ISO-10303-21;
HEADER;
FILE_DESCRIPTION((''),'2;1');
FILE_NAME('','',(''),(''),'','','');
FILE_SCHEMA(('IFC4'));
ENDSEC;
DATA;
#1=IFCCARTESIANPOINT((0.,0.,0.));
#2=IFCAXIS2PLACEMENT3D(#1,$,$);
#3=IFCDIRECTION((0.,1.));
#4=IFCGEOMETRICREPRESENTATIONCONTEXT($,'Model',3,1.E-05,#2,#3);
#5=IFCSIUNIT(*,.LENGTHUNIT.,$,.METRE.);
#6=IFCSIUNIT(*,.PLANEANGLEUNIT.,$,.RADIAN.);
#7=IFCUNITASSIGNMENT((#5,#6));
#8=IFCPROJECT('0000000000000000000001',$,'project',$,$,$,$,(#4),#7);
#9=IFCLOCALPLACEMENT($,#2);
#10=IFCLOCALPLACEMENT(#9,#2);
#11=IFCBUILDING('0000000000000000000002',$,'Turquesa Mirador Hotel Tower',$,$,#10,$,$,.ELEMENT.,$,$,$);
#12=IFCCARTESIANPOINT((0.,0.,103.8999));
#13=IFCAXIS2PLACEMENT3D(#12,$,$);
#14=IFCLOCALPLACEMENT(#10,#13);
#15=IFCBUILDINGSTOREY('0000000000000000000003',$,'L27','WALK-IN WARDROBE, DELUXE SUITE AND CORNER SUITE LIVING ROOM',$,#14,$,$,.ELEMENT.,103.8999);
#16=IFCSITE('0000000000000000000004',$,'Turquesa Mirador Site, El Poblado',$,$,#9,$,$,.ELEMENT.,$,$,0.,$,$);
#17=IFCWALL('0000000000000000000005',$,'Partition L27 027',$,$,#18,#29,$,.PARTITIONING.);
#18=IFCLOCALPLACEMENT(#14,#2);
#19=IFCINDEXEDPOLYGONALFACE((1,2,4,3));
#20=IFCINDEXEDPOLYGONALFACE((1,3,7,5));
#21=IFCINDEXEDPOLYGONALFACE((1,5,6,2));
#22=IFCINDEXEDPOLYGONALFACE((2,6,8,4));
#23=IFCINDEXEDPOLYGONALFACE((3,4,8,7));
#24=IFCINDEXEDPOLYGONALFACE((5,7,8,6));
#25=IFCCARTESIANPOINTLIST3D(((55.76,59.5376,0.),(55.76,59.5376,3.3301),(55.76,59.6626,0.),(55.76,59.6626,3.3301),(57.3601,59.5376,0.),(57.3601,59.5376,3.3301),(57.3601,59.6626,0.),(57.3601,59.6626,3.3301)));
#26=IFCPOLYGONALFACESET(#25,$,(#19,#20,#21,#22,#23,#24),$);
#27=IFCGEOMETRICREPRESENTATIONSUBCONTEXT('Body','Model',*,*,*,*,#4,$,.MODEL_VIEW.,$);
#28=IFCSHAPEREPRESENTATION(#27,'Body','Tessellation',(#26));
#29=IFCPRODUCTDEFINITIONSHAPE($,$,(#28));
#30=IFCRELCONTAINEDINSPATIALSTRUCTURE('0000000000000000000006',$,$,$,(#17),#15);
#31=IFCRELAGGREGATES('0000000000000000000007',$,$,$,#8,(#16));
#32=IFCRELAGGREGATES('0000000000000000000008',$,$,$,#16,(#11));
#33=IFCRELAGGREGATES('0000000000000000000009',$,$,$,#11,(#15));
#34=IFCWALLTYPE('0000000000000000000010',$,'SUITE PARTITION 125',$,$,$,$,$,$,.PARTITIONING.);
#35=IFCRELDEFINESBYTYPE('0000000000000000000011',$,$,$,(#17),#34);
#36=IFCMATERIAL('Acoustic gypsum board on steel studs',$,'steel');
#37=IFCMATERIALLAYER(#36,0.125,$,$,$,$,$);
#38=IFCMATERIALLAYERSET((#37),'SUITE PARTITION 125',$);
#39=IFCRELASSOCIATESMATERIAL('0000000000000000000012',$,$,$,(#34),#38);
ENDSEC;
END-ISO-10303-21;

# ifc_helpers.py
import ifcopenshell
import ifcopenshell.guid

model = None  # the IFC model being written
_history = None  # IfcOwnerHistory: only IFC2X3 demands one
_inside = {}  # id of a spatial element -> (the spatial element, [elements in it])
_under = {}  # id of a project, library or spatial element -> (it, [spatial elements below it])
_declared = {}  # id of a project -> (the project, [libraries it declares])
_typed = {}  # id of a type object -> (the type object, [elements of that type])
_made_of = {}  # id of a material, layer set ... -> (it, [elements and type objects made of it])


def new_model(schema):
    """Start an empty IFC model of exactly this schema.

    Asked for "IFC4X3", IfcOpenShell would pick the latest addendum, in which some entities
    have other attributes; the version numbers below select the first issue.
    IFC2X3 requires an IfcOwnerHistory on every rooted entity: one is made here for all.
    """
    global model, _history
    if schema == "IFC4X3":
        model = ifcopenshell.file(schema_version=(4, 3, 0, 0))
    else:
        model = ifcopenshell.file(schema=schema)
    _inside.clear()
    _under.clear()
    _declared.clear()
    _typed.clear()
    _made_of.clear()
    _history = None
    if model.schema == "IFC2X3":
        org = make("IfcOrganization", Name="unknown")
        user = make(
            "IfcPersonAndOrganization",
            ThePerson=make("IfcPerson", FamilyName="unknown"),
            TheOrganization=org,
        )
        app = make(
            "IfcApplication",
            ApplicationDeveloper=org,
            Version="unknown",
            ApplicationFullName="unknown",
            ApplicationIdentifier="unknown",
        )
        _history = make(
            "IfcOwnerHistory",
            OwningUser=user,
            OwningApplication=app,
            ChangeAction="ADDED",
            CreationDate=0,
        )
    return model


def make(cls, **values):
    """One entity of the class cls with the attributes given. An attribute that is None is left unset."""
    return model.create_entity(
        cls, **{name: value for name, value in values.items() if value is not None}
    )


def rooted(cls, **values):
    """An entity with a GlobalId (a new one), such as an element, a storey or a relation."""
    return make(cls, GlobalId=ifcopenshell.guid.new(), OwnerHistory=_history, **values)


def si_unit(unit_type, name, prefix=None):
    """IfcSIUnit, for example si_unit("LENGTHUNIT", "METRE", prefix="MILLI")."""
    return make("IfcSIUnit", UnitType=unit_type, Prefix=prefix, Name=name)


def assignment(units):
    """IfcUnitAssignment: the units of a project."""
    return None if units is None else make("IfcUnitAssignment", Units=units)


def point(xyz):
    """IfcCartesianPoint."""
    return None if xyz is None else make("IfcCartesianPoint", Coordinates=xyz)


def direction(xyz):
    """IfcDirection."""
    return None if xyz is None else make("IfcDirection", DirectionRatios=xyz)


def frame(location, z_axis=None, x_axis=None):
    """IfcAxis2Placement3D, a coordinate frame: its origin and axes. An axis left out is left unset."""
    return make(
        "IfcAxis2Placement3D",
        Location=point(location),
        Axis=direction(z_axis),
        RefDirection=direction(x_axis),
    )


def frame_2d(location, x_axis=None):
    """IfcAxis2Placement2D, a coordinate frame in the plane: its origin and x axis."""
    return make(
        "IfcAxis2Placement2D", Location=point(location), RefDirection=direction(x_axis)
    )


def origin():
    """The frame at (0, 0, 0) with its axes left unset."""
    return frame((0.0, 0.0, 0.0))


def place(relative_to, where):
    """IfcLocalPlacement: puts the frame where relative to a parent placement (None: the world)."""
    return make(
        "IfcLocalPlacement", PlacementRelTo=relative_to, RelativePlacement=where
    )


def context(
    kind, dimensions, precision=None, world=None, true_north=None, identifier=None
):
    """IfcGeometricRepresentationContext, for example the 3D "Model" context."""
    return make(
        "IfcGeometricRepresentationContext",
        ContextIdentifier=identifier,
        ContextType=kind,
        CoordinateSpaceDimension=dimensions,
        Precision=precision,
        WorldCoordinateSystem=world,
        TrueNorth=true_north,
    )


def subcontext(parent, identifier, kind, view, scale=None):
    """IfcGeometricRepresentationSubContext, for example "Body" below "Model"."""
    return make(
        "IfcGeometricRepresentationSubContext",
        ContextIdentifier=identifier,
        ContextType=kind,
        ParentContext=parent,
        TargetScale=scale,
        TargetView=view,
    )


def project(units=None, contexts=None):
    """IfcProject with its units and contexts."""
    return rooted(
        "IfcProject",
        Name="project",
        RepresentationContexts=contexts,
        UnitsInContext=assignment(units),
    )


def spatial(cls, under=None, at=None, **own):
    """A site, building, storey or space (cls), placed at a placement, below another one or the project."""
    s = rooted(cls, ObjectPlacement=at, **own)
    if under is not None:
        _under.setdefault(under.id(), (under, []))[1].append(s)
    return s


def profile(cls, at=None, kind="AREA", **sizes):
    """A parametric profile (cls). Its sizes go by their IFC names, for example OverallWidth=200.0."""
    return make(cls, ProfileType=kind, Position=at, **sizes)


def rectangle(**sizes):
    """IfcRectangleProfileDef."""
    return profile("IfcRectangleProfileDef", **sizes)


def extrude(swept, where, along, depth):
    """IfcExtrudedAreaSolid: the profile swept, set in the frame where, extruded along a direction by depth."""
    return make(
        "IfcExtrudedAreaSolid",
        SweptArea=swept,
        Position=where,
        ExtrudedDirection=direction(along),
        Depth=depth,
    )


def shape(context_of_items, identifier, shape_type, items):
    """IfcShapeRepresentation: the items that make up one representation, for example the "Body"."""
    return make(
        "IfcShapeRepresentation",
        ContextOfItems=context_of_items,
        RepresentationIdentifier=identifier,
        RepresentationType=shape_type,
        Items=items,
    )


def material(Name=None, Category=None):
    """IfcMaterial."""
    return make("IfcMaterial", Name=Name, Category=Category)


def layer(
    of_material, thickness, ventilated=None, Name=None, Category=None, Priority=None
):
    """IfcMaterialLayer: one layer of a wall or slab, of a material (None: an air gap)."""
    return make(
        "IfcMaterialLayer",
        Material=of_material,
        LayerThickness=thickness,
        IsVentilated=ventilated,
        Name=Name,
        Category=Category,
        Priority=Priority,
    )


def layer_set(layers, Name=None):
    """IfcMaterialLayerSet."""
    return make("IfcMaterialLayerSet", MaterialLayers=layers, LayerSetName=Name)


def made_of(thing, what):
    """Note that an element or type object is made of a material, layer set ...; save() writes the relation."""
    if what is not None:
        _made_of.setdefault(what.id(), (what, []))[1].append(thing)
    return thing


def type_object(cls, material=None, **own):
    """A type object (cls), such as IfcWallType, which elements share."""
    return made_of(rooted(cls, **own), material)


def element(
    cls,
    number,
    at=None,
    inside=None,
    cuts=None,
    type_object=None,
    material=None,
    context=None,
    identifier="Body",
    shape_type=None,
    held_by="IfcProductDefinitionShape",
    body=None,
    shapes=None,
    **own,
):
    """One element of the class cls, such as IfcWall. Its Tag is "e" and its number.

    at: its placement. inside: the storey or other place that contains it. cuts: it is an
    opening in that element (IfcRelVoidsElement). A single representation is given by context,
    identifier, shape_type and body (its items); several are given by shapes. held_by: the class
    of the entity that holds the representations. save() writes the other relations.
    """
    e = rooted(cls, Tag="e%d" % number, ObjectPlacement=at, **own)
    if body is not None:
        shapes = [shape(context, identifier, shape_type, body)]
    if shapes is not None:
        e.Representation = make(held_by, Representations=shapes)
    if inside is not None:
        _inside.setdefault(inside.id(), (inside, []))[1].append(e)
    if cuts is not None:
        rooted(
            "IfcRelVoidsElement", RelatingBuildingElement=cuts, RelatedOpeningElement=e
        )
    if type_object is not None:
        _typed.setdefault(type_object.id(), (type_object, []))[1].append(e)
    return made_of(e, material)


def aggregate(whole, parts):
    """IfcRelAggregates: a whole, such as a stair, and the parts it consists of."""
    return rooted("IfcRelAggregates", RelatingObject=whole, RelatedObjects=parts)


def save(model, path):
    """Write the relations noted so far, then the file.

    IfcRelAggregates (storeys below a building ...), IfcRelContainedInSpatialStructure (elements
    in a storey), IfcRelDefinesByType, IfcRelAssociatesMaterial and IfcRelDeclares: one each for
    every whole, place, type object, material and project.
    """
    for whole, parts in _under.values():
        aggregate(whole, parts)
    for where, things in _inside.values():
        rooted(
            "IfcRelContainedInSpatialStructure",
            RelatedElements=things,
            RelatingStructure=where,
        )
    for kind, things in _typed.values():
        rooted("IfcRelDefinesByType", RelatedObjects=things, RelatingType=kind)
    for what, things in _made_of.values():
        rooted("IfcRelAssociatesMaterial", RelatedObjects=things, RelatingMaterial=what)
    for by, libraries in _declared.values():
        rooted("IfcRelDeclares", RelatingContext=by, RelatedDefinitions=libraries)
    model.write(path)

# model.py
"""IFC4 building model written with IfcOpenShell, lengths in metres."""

from ifc_helpers import new_model, si_unit, direction, frame, frame_2d, origin, place, context, subcontext, project, spatial, rectangle, extrude, material, layer, layer_set, type_object, element, save


model = new_model("IFC4")

# Units and contexts
model_context = context("Model", 3, precision=1e-05, world=origin(), true_north=direction((0.0, 1.0)))
body_context = subcontext(model_context, "Body", "Model", "MODEL_VIEW")
ifc_project = project(units=[si_unit("LENGTHUNIT", "METRE"), si_unit("PLANEANGLEUNIT", "RADIAN")], contexts=[model_context])

# Site, building, storey
site_placement = place(None, origin())
site = spatial("IfcSite", under=ifc_project, at=site_placement, Name="Turquesa Mirador Site, El Poblado", CompositionType="ELEMENT", RefElevation=0.0)
building_placement = place(site_placement, origin())
building = spatial("IfcBuilding", under=site, at=building_placement, Name="Turquesa Mirador Hotel Tower", CompositionType="ELEMENT")
storey_placement = place(building_placement, frame((0.0, 0.0, 103.8999)))
storey = spatial("IfcBuildingStorey", under=building, at=storey_placement, Name="L27", Description="WALK-IN WARDROBE, DELUXE SUITE AND CORNER SUITE LIVING ROOM", CompositionType="ELEMENT", Elevation=103.8999)

# Wall
ifc_material_1 = material(Name="Acoustic gypsum board on steel studs", Category="steel")
ifc_layer_1 = layer(ifc_material_1, 0.125)
ifc_layer_set_1 = layer_set([ifc_layer_1], Name="SUITE PARTITION 125")
wall_type_1 = type_object("IfcWallType", Name="SUITE PARTITION 125", PredefinedType="PARTITIONING", material=ifc_layer_set_1)
wall_1_placement = place(storey_placement, frame((55.76, 59.6001, 0.0), z_axis=(0.0, 0.0, 1.0), x_axis=(1.0, 0.0, 0.0)))
element("IfcWall", 1, at=wall_1_placement, inside=storey, type_object=wall_type_1, Name="Partition L27 027", PredefinedType="PARTITIONING", context=body_context, shape_type="SweptSolid", body=[
    extrude(rectangle(XDim=1.6001, YDim=0.125, at=frame_2d((0.8, 0.0))), origin(), (0.0, 0.0, 1.0), 3.3301),
])

save(model, "model.ifc")
